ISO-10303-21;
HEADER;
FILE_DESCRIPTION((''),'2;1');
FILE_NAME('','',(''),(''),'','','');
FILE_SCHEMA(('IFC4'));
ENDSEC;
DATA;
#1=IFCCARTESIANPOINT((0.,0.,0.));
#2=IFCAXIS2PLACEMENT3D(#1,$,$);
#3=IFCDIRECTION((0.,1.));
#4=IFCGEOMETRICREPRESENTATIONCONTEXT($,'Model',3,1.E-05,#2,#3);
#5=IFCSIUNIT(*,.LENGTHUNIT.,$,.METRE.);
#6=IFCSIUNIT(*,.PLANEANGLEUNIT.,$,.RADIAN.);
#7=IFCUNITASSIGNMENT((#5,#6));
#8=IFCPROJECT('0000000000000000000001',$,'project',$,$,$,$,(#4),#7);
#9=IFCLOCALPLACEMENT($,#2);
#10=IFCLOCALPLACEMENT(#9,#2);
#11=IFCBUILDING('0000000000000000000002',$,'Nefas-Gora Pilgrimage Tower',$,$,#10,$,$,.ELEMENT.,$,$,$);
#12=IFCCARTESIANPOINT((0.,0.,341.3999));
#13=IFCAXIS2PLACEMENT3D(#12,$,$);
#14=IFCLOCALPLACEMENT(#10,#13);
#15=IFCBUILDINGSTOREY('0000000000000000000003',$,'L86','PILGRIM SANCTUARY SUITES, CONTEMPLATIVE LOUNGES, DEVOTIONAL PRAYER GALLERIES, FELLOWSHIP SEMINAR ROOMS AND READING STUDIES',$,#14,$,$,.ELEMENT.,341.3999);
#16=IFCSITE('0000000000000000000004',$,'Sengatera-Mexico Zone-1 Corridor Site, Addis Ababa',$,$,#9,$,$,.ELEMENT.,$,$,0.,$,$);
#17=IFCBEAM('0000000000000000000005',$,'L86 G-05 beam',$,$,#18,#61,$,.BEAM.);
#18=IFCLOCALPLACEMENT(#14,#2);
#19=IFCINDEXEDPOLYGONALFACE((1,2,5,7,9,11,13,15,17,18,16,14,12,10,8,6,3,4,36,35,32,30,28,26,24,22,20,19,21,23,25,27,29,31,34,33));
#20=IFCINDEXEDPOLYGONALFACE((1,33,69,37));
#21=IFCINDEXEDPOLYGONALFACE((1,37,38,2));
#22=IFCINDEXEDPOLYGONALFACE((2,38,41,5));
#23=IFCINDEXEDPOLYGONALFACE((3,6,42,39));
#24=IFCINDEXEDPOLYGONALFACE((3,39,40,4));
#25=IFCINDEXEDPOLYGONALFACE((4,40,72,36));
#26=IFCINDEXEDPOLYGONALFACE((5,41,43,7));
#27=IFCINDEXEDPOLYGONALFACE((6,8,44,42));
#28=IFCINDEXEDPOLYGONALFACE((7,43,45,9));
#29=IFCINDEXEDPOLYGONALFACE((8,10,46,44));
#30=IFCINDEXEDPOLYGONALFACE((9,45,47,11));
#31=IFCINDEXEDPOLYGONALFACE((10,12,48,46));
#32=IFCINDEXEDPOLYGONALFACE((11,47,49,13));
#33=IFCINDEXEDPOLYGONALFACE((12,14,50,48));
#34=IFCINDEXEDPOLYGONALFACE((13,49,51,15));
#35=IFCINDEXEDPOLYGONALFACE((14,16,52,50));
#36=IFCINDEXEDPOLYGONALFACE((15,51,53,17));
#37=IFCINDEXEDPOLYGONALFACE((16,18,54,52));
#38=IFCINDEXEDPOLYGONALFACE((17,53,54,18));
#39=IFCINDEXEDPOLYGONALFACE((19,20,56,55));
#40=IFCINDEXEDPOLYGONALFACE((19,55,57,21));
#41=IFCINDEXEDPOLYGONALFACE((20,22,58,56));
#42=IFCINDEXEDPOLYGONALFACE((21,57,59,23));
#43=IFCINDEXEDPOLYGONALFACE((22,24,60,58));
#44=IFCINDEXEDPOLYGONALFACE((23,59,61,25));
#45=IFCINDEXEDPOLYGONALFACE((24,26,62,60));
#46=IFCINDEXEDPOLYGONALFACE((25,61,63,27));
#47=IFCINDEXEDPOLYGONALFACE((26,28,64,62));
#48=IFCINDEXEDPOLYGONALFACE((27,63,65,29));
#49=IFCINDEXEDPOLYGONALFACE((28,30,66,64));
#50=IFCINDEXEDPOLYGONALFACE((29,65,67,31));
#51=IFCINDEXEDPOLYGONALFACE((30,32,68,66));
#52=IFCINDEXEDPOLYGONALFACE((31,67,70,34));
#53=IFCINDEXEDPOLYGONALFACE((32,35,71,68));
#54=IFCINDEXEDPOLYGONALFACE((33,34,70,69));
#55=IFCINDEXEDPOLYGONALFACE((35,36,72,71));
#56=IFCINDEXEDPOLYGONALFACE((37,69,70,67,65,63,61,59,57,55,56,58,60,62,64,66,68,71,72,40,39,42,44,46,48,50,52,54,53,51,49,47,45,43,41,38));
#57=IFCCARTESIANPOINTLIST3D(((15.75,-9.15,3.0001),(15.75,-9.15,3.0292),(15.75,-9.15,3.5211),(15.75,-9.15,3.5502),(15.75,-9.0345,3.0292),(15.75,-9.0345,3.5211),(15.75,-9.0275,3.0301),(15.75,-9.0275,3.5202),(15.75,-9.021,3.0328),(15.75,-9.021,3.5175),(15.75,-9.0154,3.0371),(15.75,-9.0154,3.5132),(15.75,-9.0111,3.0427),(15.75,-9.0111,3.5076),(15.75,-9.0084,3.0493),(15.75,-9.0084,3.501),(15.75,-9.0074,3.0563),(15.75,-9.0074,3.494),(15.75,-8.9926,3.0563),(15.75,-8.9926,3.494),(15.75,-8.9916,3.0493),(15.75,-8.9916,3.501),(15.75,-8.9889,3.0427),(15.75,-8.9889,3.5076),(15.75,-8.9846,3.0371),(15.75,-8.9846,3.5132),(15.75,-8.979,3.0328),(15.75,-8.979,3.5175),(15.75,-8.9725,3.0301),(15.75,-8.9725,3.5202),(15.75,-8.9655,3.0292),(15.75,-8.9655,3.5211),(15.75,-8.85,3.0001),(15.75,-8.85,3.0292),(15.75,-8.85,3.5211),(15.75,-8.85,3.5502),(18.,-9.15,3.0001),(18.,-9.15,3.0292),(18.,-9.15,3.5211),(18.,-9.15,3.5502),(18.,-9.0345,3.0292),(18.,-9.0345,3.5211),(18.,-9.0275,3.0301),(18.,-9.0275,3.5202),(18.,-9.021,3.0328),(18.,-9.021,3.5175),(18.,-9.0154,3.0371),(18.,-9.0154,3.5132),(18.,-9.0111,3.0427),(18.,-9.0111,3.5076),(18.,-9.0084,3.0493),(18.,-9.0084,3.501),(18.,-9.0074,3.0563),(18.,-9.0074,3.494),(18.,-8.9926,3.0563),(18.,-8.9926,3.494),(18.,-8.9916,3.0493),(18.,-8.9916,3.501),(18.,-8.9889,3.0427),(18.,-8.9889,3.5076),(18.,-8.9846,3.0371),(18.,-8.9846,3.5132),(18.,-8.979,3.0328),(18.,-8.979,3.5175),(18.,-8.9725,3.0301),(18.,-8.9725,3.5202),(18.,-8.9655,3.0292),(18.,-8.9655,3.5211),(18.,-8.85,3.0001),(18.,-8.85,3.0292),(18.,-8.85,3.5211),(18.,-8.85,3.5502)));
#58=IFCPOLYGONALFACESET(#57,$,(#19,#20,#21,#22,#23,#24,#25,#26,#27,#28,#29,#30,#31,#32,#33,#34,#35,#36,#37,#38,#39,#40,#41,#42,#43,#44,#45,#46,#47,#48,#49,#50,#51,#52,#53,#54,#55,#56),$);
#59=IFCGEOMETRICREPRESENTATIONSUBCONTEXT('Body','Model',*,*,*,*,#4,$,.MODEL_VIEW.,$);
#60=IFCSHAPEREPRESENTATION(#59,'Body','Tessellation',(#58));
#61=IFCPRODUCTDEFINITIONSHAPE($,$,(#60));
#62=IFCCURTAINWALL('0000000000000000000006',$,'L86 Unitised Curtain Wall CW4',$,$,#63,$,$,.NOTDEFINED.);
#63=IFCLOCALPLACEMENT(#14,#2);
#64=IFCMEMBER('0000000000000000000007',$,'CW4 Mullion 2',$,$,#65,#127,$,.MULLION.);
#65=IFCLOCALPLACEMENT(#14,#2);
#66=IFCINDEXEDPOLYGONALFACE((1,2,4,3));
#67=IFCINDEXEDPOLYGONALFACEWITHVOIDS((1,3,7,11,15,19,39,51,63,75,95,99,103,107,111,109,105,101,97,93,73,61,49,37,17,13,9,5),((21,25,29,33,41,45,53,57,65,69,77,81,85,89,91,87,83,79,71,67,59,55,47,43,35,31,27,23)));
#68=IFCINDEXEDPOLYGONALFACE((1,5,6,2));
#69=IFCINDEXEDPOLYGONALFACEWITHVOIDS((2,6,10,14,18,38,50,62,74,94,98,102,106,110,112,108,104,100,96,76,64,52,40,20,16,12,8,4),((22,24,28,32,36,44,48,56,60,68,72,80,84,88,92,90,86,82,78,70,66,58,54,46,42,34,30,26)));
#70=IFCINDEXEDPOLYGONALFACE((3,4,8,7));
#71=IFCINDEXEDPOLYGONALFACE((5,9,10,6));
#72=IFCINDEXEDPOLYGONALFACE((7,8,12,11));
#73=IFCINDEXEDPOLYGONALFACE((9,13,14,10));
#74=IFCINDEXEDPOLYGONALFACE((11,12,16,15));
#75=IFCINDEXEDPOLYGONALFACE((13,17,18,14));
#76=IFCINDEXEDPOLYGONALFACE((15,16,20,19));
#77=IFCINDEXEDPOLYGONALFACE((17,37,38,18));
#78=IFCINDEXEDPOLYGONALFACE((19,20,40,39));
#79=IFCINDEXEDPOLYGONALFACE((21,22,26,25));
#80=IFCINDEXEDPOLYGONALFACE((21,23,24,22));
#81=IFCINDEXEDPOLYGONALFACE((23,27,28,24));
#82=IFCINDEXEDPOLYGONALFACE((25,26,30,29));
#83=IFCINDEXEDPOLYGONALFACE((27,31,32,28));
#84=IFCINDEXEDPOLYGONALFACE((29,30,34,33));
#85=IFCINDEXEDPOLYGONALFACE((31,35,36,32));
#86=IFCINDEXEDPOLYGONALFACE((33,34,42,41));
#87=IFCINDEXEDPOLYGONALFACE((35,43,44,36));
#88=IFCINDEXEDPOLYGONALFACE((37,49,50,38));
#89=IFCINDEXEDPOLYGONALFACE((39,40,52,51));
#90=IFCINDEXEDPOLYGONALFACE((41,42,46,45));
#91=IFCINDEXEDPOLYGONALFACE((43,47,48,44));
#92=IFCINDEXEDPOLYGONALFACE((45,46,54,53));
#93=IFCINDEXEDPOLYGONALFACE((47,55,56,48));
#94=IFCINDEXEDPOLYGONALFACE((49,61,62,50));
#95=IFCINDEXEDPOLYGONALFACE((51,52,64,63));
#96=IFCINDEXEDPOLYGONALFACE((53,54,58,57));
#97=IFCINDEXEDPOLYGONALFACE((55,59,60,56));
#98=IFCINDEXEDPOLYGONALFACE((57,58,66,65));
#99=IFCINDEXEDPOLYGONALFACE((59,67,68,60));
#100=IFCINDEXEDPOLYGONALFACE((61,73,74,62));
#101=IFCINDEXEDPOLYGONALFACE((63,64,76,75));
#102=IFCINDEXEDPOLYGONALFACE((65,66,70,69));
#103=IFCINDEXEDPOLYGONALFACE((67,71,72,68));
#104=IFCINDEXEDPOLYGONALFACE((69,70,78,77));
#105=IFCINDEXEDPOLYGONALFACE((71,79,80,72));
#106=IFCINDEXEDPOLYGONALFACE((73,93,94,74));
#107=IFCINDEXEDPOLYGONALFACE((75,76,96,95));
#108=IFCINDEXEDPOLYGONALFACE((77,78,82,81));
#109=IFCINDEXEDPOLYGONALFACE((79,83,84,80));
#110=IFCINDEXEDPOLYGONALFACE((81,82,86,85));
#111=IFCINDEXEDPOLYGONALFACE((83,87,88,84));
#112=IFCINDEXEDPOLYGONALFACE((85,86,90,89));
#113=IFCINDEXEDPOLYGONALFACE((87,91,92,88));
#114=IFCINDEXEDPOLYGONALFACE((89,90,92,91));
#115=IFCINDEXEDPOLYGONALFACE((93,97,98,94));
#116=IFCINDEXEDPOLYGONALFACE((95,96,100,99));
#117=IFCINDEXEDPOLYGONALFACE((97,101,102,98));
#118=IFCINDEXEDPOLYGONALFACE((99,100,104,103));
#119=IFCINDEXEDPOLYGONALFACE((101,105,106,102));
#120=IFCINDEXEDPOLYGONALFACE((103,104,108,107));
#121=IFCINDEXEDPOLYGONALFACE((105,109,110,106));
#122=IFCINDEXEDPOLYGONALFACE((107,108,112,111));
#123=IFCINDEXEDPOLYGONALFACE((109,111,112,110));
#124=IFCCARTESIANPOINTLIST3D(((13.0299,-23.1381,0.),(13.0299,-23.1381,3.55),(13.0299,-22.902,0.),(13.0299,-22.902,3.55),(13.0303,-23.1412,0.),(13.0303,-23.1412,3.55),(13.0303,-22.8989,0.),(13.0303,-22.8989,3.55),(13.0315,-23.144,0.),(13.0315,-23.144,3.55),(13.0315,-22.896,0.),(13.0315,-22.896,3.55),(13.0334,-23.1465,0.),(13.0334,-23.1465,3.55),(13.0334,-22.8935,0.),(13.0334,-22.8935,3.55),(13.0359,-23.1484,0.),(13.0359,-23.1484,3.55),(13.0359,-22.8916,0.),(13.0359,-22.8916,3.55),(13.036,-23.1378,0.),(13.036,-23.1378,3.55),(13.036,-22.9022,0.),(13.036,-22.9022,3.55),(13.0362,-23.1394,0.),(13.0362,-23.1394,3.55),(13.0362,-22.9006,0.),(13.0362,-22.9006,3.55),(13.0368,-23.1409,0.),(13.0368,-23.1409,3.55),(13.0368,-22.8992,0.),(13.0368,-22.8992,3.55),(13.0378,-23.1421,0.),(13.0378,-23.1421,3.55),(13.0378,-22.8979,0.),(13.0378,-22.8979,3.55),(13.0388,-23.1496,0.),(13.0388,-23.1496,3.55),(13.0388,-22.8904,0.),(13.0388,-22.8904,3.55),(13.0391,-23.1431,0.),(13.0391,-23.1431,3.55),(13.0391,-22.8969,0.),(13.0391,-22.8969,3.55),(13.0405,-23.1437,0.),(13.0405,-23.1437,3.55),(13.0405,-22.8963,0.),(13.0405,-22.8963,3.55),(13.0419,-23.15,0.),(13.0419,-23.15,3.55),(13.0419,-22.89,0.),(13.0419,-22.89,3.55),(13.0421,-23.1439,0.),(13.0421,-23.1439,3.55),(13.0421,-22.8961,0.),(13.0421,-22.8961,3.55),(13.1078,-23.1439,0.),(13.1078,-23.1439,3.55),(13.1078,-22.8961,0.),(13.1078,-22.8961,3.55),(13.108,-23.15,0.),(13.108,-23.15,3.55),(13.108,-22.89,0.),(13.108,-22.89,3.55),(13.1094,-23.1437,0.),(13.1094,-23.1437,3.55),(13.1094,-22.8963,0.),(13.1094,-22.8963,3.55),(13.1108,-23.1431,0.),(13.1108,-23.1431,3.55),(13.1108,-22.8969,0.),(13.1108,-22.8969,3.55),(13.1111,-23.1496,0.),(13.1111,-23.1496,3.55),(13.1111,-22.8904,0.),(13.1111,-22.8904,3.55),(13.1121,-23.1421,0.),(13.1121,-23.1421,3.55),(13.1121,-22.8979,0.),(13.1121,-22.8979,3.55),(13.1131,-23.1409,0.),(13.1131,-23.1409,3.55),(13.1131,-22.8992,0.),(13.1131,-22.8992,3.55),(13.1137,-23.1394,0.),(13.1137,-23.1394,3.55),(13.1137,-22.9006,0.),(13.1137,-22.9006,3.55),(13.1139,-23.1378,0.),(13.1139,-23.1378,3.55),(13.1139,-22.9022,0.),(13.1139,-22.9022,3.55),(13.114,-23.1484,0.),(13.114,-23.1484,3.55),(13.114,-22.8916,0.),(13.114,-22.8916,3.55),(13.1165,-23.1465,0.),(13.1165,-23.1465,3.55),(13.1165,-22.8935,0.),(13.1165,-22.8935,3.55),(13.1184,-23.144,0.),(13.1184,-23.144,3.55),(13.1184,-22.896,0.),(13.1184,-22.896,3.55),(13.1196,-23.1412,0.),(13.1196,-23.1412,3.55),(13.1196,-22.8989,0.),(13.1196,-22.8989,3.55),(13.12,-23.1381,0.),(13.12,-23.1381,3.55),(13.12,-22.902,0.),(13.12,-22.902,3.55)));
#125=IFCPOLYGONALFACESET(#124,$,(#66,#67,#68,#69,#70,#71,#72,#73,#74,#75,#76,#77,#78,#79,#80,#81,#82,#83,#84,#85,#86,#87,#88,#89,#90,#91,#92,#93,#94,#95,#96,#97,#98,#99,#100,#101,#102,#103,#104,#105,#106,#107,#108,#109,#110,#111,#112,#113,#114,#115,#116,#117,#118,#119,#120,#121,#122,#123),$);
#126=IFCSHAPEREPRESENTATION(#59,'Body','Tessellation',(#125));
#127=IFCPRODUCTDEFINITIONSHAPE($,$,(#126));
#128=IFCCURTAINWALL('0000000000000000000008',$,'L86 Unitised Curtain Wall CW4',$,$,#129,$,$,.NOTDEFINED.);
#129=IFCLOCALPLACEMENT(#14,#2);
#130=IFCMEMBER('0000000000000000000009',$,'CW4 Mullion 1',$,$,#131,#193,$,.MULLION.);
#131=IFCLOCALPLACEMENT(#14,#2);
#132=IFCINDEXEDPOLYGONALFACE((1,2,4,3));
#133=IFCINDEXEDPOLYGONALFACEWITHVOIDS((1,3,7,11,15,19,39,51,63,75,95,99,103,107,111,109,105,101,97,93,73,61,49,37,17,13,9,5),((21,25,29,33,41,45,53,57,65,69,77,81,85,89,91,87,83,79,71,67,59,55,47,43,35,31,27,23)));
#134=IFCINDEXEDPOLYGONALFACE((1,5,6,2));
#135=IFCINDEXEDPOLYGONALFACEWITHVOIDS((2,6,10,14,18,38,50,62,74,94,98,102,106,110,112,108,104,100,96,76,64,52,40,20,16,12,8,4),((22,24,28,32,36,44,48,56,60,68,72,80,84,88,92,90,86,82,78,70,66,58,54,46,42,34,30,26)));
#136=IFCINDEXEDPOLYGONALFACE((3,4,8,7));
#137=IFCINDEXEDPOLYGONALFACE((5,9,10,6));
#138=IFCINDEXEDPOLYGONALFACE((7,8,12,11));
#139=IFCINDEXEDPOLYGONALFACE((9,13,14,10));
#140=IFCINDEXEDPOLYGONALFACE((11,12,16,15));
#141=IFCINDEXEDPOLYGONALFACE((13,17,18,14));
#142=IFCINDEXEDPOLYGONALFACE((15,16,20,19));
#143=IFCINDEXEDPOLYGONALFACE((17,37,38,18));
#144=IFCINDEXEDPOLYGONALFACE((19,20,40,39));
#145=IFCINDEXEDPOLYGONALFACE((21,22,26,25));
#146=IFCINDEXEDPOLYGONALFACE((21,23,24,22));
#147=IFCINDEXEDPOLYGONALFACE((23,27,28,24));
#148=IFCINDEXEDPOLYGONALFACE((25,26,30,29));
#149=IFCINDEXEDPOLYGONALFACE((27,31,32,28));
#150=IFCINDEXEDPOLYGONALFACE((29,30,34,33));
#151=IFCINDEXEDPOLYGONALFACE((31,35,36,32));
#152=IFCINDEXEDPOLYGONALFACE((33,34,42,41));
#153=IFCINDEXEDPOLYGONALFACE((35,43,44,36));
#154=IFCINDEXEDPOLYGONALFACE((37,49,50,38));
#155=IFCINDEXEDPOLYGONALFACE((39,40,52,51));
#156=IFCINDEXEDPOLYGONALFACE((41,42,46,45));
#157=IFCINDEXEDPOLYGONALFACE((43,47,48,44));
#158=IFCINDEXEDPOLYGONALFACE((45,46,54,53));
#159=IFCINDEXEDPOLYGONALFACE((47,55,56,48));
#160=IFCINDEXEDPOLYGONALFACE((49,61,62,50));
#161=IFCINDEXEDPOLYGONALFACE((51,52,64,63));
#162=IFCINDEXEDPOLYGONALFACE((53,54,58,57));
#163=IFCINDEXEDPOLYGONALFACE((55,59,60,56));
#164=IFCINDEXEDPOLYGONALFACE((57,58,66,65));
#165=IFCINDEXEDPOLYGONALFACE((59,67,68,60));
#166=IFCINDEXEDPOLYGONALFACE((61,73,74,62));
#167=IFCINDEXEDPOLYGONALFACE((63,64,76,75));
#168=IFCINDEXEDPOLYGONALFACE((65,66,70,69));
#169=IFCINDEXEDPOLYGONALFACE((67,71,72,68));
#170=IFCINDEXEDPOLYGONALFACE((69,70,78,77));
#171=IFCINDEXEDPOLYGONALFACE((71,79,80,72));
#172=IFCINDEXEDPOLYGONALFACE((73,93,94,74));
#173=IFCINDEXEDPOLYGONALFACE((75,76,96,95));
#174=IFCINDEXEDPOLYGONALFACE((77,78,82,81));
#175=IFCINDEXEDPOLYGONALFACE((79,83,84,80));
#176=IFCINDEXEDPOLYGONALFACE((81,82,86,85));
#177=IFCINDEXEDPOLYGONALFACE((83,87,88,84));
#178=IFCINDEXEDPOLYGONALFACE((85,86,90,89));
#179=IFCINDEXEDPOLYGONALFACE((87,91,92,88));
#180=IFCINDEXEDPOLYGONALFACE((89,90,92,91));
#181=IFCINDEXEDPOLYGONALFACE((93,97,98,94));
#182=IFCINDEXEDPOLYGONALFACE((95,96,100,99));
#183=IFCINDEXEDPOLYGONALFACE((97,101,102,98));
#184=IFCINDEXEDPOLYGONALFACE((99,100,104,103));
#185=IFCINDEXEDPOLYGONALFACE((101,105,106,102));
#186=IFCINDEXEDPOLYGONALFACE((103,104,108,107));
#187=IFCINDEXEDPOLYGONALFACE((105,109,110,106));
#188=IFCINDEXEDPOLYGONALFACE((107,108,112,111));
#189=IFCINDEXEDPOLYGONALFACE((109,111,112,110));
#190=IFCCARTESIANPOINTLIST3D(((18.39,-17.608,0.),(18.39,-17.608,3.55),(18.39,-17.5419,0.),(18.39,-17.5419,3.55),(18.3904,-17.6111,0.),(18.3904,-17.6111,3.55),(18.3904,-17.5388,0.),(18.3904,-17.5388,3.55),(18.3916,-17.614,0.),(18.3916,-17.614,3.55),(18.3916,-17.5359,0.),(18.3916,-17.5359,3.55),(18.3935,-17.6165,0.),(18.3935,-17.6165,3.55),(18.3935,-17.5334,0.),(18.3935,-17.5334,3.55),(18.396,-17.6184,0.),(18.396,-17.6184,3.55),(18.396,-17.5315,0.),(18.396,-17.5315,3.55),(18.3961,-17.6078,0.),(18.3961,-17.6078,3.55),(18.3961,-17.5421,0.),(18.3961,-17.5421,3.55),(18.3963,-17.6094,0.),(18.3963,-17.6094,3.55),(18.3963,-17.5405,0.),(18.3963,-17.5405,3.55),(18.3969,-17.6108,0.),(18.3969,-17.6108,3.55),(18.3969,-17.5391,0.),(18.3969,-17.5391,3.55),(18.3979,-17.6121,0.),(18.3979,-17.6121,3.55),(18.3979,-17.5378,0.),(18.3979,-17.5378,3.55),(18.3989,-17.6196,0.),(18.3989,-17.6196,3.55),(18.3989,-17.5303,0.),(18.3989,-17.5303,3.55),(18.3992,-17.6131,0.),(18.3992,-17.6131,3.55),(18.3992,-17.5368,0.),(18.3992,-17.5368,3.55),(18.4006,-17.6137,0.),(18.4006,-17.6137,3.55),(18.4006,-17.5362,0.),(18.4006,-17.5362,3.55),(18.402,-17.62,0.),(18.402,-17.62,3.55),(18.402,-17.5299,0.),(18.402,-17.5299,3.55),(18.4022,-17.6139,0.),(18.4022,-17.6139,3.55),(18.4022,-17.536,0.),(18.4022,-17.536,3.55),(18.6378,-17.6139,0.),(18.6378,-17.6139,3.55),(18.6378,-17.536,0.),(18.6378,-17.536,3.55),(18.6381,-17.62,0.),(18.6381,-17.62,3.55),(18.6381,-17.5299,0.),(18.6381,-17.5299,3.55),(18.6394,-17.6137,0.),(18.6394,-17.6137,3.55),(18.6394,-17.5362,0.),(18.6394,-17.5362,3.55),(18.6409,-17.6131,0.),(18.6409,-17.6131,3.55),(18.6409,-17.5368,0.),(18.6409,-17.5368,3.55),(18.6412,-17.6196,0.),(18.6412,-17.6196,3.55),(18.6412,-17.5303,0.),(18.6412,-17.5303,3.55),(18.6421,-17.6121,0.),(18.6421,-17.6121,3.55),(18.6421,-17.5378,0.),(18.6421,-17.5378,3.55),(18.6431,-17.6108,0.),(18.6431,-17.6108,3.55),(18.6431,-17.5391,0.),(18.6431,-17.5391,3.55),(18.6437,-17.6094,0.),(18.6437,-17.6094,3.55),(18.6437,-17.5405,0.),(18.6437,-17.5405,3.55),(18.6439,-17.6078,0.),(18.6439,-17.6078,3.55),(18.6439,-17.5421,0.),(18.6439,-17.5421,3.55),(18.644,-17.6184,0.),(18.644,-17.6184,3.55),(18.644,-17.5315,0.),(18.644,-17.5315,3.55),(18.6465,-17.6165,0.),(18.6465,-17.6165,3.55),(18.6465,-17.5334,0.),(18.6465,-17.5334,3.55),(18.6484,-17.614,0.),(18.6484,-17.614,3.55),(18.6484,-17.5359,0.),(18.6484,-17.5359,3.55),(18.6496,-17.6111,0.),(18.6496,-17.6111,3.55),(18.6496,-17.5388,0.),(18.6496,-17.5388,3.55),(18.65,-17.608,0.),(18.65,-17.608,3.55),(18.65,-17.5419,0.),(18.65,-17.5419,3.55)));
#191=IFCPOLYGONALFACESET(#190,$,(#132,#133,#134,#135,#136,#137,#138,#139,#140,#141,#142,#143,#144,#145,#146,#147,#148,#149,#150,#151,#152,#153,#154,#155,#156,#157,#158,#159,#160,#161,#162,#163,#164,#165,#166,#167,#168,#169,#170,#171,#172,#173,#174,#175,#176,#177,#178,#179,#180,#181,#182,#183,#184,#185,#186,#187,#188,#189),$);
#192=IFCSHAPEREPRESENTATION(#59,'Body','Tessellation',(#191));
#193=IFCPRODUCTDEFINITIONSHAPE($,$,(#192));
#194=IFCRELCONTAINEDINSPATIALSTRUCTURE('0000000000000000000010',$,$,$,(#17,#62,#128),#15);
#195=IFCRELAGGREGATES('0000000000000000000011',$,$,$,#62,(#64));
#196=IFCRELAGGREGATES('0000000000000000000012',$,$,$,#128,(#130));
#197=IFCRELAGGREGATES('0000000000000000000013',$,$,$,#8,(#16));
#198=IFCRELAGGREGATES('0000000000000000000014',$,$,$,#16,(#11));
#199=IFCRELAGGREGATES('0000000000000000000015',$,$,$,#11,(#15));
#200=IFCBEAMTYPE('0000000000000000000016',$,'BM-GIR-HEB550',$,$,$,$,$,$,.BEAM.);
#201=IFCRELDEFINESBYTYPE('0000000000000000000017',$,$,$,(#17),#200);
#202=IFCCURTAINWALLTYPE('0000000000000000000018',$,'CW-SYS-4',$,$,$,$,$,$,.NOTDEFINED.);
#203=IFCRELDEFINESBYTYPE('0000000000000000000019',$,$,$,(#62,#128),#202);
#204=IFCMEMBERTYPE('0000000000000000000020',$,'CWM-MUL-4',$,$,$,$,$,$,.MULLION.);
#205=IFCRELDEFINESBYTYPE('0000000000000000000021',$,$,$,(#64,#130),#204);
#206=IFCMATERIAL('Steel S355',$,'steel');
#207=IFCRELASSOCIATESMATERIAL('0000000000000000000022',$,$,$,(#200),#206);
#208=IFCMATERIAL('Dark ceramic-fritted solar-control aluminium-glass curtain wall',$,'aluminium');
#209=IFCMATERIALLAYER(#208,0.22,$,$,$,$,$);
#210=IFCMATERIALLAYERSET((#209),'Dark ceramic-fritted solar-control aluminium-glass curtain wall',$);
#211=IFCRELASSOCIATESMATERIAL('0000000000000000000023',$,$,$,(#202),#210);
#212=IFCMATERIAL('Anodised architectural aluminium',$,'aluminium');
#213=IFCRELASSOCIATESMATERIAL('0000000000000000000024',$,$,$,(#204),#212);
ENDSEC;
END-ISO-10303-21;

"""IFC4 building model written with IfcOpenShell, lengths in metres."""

from ifc_helpers import new_model, si_unit, direction, frame, origin, origin_2d, place, context, subcontext, project, spatial, hollow_rectangle, i_section, extrude, source, transform, mapped, material, layer, layer_set, material_profile, profile_set, type_object, element, aggregate, save


model = new_model("IFC4")

# Units and contexts
model_context = context("Model", 3, precision=1e-05, world=origin(), true_north=direction((0.0, 1.0)))
body_context = subcontext(model_context, "Body", "Model", "MODEL_VIEW")
ifc_project = project(units=[si_unit("LENGTHUNIT", "METRE"), si_unit("PLANEANGLEUNIT", "RADIAN")], contexts=[model_context])

# Site, building, storey
site_placement = place(None, origin())
site = spatial("IfcSite", under=ifc_project, at=site_placement, Name="Sengatera-Mexico Zone-1 Corridor Site, Addis Ababa", CompositionType="ELEMENT", RefElevation=0.0)
building_placement = place(site_placement, origin())
building = spatial("IfcBuilding", under=site, at=building_placement, Name="Nefas-Gora Pilgrimage Tower", CompositionType="ELEMENT")
storey_placement = place(building_placement, frame((0.0, 0.0, 341.3999)))
storey = spatial("IfcBuildingStorey", under=building, at=storey_placement, Name="L86", Description="PILGRIM SANCTUARY SUITES, CONTEMPLATIVE LOUNGES, DEVOTIONAL PRAYER GALLERIES, FELLOWSHIP SEMINAR ROOMS AND READING STUDIES", CompositionType="ELEMENT", Elevation=341.3999)

# Shared definitions
ifc_material_1 = material(Name="Steel S355", Category="steel")

# Beam
ifc_material_profile_1 = material_profile(ifc_material_1, i_section(OverallWidth=0.3, OverallDepth=0.55, WebThickness=0.0149, FlangeThickness=0.0291, FilletRadius=0.0271, at=origin_2d()), Name="HEB 550")
ifc_profile_set_1 = profile_set([ifc_material_profile_1], Name="Steel S355")
beam_type_1 = type_object("IfcBeamType", Name="BM-GIR-HEB550", PredefinedType="BEAM", material=ifc_profile_set_1)
shared_shape_1 = source(origin(), body_context, "Body", "SweptSolid", [
    extrude(i_section(OverallWidth=0.3, OverallDepth=0.55, WebThickness=0.0149, FlangeThickness=0.0291, FilletRadius=0.0271, at=origin_2d()), origin(), (0.0, 0.0, 1.0), 2.25),
])
for number, where, z_axis, x_axis, name in (
    (1, (15.75, -9.0, 3.2751), (1.0, 0.0, 0.0), (0.0, 1.0, 0.0), "L86 G-05 beam"),
):
    element("IfcBeam", number, at=place(storey_placement, frame(where, z_axis=z_axis, x_axis=x_axis)), inside=storey, type_object=beam_type_1, Name=name, PredefinedType="BEAM", context=body_context, shape_type="MappedRepresentation", body=[
        mapped(shared_shape_1, transform((0.0, 0.0, 0.0), x_axis=(1.0, 0.0, 0.0), y_axis=(0.0, 1.0, 0.0), z_axis=(0.0, 0.0, 1.0), scale=1.0)),
    ])

# Curtain wall, member
ifc_material_2 = material(Name="Dark ceramic-fritted solar-control aluminium-glass curtain wall", Category="aluminium")
ifc_layer_1 = layer(ifc_material_2, 0.22)
ifc_layer_set_1 = layer_set([ifc_layer_1], Name="Dark ceramic-fritted solar-control aluminium-glass curtain wall")
curtain_wall_type = type_object("IfcCurtainWallType", Name="CW-SYS-4", PredefinedType="NOTDEFINED", material=ifc_layer_set_1)
curtain_wall_1_placement = place(storey_placement, origin())
curtain_wall_1 = element("IfcCurtainWall", 2, at=curtain_wall_1_placement, inside=storey, type_object=curtain_wall_type, Name="L86 Unitised Curtain Wall CW4", PredefinedType="NOTDEFINED")
ifc_material_3 = material(Name="Anodised architectural aluminium", Category="aluminium")
ifc_material_profile_2 = material_profile(ifc_material_3, hollow_rectangle(XDim=0.0901, YDim=0.26, WallThickness=0.0061, InnerFilletRadius=0.0061, OuterFilletRadius=0.012, at=origin_2d()), Name="ALU MULLION 90x260")
ifc_profile_set_2 = profile_set([ifc_material_profile_2], Name="Anodised architectural aluminium")
member_type_1 = type_object("IfcMemberType", Name="CWM-MUL-4", PredefinedType="MULLION", material=ifc_profile_set_2)
shared_shape_2 = source(origin(), body_context, "Body", "SweptSolid", [
    extrude(hollow_rectangle(XDim=0.0901, YDim=0.26, WallThickness=0.0061, InnerFilletRadius=0.0061, OuterFilletRadius=0.012, at=origin_2d()), origin(), (0.0, 0.0, 1.0), 3.55),
])
member_1_placement = place(storey_placement, frame((13.075, -23.02, 0.0), z_axis=(0.0, 0.0, 1.0), x_axis=(1.0, 0.0, 0.0)))
member_1 = element("IfcMember", 3, at=member_1_placement, type_object=member_type_1, Name="CW4 Mullion 2", PredefinedType="MULLION", context=body_context, shape_type="MappedRepresentation", body=[
    mapped(shared_shape_2, transform((0.0, 0.0, 0.0), x_axis=(1.0, 0.0, 0.0), y_axis=(0.0, 1.0, 0.0), z_axis=(0.0, 0.0, 1.0), scale=1.0)),
])
aggregate(curtain_wall_1, [member_1])

# Curtain wall, member
curtain_wall_2_placement = place(storey_placement, origin())
curtain_wall_2 = element("IfcCurtainWall", 4, at=curtain_wall_2_placement, inside=storey, type_object=curtain_wall_type, Name="L86 Unitised Curtain Wall CW4", PredefinedType="NOTDEFINED")
member_2_placement = place(storey_placement, frame((18.52, -17.575, 0.0), z_axis=(0.0, 0.0, 1.0), x_axis=(0.0, 1.0, 0.0)))
member_2 = element("IfcMember", 5, at=member_2_placement, type_object=member_type_1, Name="CW4 Mullion 1", PredefinedType="MULLION", context=body_context, shape_type="MappedRepresentation", body=[
    mapped(shared_shape_2, transform((0.0, 0.0, 0.0), x_axis=(1.0, 0.0, 0.0), y_axis=(0.0, 1.0, 0.0), z_axis=(0.0, 0.0, 1.0), scale=1.0)),
])
aggregate(curtain_wall_2, [member_2])

save(model, "model.ifc")
